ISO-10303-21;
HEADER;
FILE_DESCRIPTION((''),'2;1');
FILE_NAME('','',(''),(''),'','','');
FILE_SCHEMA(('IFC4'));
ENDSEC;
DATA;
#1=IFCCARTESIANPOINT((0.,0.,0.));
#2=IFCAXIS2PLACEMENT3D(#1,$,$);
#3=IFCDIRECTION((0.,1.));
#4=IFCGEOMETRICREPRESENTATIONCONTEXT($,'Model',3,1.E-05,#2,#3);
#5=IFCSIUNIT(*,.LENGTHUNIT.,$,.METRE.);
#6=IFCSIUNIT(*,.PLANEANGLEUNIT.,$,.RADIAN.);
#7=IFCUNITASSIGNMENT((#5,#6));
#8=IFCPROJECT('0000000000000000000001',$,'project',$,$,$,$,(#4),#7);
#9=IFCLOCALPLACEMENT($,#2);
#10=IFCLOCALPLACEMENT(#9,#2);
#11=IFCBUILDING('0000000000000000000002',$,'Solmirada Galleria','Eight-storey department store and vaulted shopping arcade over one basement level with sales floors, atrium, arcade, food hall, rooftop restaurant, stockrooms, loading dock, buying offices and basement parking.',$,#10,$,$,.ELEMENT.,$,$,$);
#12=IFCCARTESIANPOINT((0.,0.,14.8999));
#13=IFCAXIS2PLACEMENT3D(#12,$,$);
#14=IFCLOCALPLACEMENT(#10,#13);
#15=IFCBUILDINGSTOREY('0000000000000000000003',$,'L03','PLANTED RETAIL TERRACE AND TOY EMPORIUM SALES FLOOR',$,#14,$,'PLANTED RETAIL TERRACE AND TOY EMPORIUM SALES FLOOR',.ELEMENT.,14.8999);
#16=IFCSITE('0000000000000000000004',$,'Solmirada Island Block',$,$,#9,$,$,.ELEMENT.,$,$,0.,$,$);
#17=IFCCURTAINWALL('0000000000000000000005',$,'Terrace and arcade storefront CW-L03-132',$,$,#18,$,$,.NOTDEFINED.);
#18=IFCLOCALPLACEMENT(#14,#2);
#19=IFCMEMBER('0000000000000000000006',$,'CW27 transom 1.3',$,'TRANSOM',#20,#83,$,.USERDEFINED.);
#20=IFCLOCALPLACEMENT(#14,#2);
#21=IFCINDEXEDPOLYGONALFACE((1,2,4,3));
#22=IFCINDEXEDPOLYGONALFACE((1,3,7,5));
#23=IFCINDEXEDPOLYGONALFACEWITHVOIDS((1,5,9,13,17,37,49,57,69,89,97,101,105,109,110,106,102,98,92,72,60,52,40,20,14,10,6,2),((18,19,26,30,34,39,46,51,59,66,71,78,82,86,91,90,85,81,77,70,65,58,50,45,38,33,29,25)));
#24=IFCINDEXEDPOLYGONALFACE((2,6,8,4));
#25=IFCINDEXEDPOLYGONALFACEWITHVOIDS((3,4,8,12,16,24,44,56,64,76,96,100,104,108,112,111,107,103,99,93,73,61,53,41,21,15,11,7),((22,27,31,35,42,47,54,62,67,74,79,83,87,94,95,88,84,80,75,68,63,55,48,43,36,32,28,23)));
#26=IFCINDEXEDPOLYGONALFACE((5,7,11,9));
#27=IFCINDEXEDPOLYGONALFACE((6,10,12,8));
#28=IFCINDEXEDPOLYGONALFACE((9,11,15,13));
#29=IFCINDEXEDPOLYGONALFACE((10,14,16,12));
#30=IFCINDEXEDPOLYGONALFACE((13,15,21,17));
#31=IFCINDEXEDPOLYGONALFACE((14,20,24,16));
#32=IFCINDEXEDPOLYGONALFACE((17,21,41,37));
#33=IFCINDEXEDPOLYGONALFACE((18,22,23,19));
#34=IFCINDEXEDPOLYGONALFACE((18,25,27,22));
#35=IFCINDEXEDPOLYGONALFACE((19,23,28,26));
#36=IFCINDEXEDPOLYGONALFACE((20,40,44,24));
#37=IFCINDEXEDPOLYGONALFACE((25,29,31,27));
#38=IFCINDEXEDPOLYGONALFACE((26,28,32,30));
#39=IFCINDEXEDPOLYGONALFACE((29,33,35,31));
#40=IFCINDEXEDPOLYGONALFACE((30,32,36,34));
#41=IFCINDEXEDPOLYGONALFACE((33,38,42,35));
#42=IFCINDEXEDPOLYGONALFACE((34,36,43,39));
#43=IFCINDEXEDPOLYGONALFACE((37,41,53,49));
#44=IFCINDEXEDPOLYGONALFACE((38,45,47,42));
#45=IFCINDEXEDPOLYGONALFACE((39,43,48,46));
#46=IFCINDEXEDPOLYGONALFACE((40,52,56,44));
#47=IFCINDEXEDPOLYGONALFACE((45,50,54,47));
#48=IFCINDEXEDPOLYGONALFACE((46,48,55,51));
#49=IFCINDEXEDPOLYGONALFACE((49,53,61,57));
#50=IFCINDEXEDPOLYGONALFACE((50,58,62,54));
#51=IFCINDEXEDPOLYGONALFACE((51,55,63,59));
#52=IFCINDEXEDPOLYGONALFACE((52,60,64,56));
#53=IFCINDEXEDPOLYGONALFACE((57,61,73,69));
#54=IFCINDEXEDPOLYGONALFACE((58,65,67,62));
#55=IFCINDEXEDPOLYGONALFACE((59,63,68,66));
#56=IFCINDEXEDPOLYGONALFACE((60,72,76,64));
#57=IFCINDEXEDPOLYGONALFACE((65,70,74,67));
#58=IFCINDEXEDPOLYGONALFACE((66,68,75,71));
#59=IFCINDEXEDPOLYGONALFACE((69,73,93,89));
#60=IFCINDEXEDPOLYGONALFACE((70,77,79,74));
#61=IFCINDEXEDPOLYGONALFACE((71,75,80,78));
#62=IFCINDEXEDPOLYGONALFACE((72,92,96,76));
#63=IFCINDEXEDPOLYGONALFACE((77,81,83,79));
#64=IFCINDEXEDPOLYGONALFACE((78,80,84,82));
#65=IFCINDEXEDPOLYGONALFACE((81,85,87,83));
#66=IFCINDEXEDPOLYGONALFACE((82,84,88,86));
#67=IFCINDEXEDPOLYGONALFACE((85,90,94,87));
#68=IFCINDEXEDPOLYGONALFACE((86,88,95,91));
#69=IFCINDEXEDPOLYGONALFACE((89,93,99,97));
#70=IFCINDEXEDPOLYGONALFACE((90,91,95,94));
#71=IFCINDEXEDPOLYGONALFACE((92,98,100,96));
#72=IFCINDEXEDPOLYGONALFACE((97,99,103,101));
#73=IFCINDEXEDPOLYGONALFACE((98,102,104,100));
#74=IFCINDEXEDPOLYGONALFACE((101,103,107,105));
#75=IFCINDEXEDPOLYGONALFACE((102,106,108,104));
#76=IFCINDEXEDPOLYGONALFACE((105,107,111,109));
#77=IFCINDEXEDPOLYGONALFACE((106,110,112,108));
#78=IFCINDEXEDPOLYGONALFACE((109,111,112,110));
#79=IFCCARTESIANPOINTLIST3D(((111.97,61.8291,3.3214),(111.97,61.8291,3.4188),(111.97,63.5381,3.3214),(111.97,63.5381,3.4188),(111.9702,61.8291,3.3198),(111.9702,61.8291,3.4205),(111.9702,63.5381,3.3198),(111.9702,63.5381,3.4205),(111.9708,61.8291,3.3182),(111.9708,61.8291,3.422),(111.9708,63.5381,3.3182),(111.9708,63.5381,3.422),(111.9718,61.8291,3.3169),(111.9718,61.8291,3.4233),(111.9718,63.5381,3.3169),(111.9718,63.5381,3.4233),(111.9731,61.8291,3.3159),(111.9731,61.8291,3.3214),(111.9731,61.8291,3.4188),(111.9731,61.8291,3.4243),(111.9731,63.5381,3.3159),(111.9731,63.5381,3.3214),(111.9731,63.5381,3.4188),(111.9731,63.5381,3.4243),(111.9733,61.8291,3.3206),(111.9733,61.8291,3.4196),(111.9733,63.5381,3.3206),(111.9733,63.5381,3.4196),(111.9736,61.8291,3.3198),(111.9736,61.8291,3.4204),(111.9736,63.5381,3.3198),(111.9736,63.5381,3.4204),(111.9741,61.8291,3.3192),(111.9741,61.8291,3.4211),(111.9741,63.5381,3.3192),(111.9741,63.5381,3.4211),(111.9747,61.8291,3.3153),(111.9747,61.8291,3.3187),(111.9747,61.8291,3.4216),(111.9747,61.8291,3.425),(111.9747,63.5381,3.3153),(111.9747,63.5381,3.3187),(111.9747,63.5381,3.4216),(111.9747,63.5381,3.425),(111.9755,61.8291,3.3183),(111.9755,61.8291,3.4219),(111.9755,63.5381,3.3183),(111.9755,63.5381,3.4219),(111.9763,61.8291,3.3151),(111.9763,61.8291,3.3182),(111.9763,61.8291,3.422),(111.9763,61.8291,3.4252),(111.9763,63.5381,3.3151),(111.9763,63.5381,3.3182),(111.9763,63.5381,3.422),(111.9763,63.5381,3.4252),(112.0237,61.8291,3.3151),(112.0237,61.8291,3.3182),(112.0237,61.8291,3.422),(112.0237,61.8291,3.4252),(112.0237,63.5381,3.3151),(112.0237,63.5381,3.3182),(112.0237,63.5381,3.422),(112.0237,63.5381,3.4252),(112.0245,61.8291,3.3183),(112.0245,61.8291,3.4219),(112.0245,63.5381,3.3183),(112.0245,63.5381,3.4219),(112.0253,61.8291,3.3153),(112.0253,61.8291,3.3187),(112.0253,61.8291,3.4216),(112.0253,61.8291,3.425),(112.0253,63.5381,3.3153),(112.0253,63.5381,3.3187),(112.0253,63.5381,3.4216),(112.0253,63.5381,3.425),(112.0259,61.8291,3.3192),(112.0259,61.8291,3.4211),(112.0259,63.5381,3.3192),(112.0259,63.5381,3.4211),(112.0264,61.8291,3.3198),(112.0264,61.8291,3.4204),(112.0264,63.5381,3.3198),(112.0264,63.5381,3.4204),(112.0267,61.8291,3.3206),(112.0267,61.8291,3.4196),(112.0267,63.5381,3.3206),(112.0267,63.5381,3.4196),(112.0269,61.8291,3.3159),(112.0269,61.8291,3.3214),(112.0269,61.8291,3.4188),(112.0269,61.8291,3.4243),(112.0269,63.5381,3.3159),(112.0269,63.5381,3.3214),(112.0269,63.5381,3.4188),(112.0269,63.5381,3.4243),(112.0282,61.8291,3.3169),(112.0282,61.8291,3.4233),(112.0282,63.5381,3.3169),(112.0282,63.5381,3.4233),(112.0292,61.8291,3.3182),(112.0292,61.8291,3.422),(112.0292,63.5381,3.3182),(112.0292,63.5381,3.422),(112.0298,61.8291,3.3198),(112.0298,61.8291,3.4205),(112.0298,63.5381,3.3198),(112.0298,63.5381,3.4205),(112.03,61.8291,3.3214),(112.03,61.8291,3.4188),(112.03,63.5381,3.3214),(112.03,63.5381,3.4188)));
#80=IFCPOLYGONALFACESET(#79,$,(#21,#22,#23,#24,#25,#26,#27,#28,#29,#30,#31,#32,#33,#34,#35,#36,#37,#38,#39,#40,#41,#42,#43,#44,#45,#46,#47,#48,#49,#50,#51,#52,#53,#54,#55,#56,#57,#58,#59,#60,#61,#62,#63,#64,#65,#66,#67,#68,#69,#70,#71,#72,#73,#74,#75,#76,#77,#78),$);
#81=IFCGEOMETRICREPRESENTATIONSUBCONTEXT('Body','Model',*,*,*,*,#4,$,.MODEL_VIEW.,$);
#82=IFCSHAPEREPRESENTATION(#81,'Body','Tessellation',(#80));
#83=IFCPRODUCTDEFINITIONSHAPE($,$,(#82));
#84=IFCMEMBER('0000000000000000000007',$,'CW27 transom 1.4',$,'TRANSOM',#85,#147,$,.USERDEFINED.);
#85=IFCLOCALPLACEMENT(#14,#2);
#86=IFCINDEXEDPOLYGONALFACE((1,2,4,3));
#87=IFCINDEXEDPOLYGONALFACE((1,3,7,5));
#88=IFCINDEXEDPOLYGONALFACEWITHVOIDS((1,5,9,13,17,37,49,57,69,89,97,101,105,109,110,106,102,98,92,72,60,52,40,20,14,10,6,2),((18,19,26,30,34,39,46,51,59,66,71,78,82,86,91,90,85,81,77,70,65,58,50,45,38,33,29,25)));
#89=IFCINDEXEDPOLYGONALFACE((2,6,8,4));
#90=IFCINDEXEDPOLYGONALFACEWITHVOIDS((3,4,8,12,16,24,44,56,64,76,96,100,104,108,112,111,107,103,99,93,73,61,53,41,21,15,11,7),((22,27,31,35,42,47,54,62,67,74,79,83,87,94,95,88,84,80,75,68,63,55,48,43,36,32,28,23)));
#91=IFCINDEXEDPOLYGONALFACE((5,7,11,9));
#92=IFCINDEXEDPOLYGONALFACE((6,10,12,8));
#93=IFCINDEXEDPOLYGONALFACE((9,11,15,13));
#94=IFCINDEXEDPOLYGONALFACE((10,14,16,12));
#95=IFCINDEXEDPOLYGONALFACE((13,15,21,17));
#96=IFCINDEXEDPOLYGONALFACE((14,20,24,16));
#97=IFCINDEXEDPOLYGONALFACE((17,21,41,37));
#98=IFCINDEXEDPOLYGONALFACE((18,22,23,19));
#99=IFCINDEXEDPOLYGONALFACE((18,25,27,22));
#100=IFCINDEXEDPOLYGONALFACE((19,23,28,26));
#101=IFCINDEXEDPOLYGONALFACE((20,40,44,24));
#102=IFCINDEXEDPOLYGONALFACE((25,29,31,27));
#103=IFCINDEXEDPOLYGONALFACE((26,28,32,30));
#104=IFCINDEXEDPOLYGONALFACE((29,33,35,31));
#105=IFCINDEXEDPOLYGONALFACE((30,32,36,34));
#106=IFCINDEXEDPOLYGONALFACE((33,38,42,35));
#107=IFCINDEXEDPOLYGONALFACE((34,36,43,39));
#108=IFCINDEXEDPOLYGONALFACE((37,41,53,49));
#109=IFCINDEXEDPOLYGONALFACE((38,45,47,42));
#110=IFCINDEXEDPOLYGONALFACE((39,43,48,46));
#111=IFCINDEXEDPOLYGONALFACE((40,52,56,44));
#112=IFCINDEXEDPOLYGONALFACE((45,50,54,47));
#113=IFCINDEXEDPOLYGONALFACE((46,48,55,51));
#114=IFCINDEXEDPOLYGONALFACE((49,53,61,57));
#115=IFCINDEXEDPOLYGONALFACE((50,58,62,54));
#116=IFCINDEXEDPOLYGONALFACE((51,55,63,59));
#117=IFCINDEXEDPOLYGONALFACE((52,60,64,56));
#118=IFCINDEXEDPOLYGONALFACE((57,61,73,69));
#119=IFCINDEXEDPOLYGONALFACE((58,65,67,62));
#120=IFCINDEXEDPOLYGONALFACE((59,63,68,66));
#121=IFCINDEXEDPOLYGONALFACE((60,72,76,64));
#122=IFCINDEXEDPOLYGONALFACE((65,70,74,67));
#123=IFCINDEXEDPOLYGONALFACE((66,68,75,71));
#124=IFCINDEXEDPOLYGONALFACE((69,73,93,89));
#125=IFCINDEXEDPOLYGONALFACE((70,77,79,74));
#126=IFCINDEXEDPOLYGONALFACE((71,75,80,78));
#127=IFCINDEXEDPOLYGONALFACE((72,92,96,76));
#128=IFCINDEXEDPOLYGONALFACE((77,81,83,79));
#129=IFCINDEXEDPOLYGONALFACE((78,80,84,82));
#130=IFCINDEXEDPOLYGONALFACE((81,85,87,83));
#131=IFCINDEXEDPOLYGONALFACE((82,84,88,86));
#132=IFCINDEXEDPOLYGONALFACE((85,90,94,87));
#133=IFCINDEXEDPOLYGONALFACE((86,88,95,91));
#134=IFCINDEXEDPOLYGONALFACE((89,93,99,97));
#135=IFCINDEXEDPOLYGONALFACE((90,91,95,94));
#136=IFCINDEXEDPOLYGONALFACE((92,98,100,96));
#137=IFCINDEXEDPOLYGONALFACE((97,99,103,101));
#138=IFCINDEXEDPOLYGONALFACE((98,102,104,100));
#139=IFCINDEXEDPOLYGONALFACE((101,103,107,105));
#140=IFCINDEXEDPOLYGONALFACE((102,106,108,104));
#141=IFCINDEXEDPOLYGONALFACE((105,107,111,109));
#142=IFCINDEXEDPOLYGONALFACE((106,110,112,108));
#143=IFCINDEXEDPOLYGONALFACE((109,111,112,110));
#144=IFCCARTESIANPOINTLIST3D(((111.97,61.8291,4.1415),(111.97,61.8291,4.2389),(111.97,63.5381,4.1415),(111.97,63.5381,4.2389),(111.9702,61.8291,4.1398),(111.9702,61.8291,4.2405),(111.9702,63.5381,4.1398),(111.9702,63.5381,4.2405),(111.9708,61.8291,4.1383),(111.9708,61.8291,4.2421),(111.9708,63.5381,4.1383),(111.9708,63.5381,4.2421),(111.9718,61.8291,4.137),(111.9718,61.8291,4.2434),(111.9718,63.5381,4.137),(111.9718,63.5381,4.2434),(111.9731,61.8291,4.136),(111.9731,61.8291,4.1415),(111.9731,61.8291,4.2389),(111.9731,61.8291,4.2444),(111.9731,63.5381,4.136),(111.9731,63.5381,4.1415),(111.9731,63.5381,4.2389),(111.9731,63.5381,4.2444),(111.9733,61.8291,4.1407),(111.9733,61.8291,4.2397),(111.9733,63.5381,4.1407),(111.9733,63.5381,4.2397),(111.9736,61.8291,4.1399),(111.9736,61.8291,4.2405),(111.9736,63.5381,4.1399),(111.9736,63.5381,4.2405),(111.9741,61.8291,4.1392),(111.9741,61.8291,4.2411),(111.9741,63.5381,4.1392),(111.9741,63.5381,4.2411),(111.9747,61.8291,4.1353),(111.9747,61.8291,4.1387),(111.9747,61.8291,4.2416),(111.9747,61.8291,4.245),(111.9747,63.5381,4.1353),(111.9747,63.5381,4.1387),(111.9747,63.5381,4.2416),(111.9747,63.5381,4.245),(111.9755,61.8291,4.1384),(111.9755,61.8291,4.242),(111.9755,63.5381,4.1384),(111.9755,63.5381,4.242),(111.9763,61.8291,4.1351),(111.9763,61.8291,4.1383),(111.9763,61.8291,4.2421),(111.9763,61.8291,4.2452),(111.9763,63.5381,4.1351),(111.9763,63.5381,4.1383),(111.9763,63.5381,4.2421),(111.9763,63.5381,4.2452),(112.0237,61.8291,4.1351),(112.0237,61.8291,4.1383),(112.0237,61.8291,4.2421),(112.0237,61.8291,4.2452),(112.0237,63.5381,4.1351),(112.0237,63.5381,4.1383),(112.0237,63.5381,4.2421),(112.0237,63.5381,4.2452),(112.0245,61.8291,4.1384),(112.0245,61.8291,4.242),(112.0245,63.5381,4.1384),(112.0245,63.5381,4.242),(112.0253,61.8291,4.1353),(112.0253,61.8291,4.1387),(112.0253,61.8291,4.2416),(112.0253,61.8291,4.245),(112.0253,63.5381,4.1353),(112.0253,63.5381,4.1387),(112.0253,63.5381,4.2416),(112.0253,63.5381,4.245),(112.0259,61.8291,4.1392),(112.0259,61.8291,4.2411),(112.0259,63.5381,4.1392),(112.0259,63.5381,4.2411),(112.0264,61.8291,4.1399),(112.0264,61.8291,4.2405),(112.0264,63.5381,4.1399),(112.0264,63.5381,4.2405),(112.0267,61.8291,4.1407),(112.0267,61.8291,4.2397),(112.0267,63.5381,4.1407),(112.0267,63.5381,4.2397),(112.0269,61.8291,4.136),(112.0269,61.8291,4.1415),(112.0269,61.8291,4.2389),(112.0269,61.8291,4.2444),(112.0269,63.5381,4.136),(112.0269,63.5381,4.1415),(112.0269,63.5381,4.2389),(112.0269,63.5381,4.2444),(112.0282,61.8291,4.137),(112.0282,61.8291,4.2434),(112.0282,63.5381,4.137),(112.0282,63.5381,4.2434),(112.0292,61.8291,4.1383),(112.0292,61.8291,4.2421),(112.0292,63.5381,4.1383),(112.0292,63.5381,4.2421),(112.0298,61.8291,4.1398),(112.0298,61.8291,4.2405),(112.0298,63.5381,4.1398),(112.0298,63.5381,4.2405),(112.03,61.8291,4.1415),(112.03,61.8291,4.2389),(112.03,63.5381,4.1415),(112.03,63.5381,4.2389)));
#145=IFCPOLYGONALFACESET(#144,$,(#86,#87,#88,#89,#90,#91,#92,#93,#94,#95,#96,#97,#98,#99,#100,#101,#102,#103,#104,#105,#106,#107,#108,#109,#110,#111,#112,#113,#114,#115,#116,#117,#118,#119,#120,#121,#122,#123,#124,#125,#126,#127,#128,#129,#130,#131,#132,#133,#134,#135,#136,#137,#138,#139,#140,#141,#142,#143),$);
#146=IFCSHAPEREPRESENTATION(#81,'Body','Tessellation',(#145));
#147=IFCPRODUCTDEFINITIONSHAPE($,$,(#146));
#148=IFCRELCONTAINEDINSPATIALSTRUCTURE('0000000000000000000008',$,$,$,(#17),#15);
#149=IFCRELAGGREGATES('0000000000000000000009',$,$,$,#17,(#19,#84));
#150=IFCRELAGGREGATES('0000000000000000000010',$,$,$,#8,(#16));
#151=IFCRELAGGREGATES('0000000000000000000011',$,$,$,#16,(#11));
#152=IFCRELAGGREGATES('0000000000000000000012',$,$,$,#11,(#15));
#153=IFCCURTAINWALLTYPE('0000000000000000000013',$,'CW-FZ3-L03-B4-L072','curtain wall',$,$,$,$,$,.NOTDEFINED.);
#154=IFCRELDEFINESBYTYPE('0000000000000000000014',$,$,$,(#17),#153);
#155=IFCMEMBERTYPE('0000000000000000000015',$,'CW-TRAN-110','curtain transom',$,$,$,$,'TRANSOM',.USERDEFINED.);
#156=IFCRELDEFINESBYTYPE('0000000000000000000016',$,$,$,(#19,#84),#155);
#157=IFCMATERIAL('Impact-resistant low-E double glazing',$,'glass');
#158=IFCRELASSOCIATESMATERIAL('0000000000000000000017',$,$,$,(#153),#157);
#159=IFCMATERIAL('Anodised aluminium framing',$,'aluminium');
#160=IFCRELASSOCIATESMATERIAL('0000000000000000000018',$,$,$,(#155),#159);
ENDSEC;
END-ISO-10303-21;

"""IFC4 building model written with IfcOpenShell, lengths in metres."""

from ifc_helpers import new_model, si_unit, direction, frame, origin, origin_2d, place, context, subcontext, project, spatial, hollow_rectangle, extrude, material, material_profile, profile_set, type_object, element, aggregate, save


model = new_model("IFC4")

# Units and contexts
model_context = context("Model", 3, precision=1e-05, world=origin(), true_north=direction((0.0, 1.0)))
body_context = subcontext(model_context, "Body", "Model", "MODEL_VIEW")
ifc_project = project(units=[si_unit("LENGTHUNIT", "METRE"), si_unit("PLANEANGLEUNIT", "RADIAN")], contexts=[model_context])

# Site, building, storey
site_placement = place(None, origin())
site = spatial("IfcSite", under=ifc_project, at=site_placement, Name="Solmirada Island Block", CompositionType="ELEMENT", RefElevation=0.0)
building_placement = place(site_placement, origin())
building = spatial("IfcBuilding", under=site, at=building_placement, Name="Solmirada Galleria", Description="Eight-storey department store and vaulted shopping arcade over one basement level with sales floors, atrium, arcade, food hall, rooftop restaurant, stockrooms, loading dock, buying offices and basement parking.", CompositionType="ELEMENT")
storey_placement = place(building_placement, frame((0.0, 0.0, 14.8999)))
storey = spatial("IfcBuildingStorey", under=building, at=storey_placement, Name="L03", Description="PLANTED RETAIL TERRACE AND TOY EMPORIUM SALES FLOOR", LongName="PLANTED RETAIL TERRACE AND TOY EMPORIUM SALES FLOOR", CompositionType="ELEMENT", Elevation=14.8999)

# Curtain wall, members
ifc_material_1 = material(Name="Impact-resistant low-E double glazing", Category="glass")
curtain_wall_type = type_object("IfcCurtainWallType", Name="CW-FZ3-L03-B4-L072", Description="curtain wall", PredefinedType="NOTDEFINED", material=ifc_material_1)
curtain_wall_placement = place(storey_placement, origin())
curtain_wall = element("IfcCurtainWall", 1, at=curtain_wall_placement, inside=storey, type_object=curtain_wall_type, Name="Terrace and arcade storefront CW-L03-132", PredefinedType="NOTDEFINED")
ifc_material_2 = material(Name="Anodised aluminium framing", Category="aluminium")
ifc_material_profile_1 = material_profile(ifc_material_2, hollow_rectangle(XDim=0.0601, YDim=0.1101, WallThickness=0.0032, InnerFilletRadius=0.0032, OuterFilletRadius=0.0063, at=origin_2d()), Name="ALU-TRAN-110X60")
ifc_profile_set_1 = profile_set([ifc_material_profile_1], Name="Anodised aluminium framing")
member_type_1 = type_object("IfcMemberType", Name="CW-TRAN-110", Description="curtain transom", ElementType="TRANSOM", PredefinedType="USERDEFINED", material=ifc_profile_set_1)
member_1_placement = place(storey_placement, frame((112.0, 63.5381, 3.3701), z_axis=(0.0, -1.0, 0.0), x_axis=(1.0, 0.0, 0.0)))
member_1 = element("IfcMember", 2, at=member_1_placement, type_object=member_type_1, Name="CW27 transom 1.3", ObjectType="TRANSOM", PredefinedType="USERDEFINED", context=body_context, shape_type="SweptSolid", body=[
    extrude(hollow_rectangle(XDim=0.0601, YDim=0.1101, WallThickness=0.0032, InnerFilletRadius=0.0032, OuterFilletRadius=0.0063, at=origin_2d()), origin(), (0.0, 0.0, 1.0), 1.709),
])
member_2_placement = place(storey_placement, frame((112.0, 63.5381, 4.1902), z_axis=(0.0, -1.0, 0.0), x_axis=(1.0, 0.0, 0.0)))
member_2 = element("IfcMember", 3, at=member_2_placement, type_object=member_type_1, Name="CW27 transom 1.4", ObjectType="TRANSOM", PredefinedType="USERDEFINED", context=body_context, shape_type="SweptSolid", body=[
    extrude(hollow_rectangle(XDim=0.0601, YDim=0.1101, WallThickness=0.0032, InnerFilletRadius=0.0032, OuterFilletRadius=0.0063, at=origin_2d()), origin(), (0.0, 0.0, 1.0), 1.709),
])
aggregate(curtain_wall, [member_1, member_2])

save(model, "model.ifc")
